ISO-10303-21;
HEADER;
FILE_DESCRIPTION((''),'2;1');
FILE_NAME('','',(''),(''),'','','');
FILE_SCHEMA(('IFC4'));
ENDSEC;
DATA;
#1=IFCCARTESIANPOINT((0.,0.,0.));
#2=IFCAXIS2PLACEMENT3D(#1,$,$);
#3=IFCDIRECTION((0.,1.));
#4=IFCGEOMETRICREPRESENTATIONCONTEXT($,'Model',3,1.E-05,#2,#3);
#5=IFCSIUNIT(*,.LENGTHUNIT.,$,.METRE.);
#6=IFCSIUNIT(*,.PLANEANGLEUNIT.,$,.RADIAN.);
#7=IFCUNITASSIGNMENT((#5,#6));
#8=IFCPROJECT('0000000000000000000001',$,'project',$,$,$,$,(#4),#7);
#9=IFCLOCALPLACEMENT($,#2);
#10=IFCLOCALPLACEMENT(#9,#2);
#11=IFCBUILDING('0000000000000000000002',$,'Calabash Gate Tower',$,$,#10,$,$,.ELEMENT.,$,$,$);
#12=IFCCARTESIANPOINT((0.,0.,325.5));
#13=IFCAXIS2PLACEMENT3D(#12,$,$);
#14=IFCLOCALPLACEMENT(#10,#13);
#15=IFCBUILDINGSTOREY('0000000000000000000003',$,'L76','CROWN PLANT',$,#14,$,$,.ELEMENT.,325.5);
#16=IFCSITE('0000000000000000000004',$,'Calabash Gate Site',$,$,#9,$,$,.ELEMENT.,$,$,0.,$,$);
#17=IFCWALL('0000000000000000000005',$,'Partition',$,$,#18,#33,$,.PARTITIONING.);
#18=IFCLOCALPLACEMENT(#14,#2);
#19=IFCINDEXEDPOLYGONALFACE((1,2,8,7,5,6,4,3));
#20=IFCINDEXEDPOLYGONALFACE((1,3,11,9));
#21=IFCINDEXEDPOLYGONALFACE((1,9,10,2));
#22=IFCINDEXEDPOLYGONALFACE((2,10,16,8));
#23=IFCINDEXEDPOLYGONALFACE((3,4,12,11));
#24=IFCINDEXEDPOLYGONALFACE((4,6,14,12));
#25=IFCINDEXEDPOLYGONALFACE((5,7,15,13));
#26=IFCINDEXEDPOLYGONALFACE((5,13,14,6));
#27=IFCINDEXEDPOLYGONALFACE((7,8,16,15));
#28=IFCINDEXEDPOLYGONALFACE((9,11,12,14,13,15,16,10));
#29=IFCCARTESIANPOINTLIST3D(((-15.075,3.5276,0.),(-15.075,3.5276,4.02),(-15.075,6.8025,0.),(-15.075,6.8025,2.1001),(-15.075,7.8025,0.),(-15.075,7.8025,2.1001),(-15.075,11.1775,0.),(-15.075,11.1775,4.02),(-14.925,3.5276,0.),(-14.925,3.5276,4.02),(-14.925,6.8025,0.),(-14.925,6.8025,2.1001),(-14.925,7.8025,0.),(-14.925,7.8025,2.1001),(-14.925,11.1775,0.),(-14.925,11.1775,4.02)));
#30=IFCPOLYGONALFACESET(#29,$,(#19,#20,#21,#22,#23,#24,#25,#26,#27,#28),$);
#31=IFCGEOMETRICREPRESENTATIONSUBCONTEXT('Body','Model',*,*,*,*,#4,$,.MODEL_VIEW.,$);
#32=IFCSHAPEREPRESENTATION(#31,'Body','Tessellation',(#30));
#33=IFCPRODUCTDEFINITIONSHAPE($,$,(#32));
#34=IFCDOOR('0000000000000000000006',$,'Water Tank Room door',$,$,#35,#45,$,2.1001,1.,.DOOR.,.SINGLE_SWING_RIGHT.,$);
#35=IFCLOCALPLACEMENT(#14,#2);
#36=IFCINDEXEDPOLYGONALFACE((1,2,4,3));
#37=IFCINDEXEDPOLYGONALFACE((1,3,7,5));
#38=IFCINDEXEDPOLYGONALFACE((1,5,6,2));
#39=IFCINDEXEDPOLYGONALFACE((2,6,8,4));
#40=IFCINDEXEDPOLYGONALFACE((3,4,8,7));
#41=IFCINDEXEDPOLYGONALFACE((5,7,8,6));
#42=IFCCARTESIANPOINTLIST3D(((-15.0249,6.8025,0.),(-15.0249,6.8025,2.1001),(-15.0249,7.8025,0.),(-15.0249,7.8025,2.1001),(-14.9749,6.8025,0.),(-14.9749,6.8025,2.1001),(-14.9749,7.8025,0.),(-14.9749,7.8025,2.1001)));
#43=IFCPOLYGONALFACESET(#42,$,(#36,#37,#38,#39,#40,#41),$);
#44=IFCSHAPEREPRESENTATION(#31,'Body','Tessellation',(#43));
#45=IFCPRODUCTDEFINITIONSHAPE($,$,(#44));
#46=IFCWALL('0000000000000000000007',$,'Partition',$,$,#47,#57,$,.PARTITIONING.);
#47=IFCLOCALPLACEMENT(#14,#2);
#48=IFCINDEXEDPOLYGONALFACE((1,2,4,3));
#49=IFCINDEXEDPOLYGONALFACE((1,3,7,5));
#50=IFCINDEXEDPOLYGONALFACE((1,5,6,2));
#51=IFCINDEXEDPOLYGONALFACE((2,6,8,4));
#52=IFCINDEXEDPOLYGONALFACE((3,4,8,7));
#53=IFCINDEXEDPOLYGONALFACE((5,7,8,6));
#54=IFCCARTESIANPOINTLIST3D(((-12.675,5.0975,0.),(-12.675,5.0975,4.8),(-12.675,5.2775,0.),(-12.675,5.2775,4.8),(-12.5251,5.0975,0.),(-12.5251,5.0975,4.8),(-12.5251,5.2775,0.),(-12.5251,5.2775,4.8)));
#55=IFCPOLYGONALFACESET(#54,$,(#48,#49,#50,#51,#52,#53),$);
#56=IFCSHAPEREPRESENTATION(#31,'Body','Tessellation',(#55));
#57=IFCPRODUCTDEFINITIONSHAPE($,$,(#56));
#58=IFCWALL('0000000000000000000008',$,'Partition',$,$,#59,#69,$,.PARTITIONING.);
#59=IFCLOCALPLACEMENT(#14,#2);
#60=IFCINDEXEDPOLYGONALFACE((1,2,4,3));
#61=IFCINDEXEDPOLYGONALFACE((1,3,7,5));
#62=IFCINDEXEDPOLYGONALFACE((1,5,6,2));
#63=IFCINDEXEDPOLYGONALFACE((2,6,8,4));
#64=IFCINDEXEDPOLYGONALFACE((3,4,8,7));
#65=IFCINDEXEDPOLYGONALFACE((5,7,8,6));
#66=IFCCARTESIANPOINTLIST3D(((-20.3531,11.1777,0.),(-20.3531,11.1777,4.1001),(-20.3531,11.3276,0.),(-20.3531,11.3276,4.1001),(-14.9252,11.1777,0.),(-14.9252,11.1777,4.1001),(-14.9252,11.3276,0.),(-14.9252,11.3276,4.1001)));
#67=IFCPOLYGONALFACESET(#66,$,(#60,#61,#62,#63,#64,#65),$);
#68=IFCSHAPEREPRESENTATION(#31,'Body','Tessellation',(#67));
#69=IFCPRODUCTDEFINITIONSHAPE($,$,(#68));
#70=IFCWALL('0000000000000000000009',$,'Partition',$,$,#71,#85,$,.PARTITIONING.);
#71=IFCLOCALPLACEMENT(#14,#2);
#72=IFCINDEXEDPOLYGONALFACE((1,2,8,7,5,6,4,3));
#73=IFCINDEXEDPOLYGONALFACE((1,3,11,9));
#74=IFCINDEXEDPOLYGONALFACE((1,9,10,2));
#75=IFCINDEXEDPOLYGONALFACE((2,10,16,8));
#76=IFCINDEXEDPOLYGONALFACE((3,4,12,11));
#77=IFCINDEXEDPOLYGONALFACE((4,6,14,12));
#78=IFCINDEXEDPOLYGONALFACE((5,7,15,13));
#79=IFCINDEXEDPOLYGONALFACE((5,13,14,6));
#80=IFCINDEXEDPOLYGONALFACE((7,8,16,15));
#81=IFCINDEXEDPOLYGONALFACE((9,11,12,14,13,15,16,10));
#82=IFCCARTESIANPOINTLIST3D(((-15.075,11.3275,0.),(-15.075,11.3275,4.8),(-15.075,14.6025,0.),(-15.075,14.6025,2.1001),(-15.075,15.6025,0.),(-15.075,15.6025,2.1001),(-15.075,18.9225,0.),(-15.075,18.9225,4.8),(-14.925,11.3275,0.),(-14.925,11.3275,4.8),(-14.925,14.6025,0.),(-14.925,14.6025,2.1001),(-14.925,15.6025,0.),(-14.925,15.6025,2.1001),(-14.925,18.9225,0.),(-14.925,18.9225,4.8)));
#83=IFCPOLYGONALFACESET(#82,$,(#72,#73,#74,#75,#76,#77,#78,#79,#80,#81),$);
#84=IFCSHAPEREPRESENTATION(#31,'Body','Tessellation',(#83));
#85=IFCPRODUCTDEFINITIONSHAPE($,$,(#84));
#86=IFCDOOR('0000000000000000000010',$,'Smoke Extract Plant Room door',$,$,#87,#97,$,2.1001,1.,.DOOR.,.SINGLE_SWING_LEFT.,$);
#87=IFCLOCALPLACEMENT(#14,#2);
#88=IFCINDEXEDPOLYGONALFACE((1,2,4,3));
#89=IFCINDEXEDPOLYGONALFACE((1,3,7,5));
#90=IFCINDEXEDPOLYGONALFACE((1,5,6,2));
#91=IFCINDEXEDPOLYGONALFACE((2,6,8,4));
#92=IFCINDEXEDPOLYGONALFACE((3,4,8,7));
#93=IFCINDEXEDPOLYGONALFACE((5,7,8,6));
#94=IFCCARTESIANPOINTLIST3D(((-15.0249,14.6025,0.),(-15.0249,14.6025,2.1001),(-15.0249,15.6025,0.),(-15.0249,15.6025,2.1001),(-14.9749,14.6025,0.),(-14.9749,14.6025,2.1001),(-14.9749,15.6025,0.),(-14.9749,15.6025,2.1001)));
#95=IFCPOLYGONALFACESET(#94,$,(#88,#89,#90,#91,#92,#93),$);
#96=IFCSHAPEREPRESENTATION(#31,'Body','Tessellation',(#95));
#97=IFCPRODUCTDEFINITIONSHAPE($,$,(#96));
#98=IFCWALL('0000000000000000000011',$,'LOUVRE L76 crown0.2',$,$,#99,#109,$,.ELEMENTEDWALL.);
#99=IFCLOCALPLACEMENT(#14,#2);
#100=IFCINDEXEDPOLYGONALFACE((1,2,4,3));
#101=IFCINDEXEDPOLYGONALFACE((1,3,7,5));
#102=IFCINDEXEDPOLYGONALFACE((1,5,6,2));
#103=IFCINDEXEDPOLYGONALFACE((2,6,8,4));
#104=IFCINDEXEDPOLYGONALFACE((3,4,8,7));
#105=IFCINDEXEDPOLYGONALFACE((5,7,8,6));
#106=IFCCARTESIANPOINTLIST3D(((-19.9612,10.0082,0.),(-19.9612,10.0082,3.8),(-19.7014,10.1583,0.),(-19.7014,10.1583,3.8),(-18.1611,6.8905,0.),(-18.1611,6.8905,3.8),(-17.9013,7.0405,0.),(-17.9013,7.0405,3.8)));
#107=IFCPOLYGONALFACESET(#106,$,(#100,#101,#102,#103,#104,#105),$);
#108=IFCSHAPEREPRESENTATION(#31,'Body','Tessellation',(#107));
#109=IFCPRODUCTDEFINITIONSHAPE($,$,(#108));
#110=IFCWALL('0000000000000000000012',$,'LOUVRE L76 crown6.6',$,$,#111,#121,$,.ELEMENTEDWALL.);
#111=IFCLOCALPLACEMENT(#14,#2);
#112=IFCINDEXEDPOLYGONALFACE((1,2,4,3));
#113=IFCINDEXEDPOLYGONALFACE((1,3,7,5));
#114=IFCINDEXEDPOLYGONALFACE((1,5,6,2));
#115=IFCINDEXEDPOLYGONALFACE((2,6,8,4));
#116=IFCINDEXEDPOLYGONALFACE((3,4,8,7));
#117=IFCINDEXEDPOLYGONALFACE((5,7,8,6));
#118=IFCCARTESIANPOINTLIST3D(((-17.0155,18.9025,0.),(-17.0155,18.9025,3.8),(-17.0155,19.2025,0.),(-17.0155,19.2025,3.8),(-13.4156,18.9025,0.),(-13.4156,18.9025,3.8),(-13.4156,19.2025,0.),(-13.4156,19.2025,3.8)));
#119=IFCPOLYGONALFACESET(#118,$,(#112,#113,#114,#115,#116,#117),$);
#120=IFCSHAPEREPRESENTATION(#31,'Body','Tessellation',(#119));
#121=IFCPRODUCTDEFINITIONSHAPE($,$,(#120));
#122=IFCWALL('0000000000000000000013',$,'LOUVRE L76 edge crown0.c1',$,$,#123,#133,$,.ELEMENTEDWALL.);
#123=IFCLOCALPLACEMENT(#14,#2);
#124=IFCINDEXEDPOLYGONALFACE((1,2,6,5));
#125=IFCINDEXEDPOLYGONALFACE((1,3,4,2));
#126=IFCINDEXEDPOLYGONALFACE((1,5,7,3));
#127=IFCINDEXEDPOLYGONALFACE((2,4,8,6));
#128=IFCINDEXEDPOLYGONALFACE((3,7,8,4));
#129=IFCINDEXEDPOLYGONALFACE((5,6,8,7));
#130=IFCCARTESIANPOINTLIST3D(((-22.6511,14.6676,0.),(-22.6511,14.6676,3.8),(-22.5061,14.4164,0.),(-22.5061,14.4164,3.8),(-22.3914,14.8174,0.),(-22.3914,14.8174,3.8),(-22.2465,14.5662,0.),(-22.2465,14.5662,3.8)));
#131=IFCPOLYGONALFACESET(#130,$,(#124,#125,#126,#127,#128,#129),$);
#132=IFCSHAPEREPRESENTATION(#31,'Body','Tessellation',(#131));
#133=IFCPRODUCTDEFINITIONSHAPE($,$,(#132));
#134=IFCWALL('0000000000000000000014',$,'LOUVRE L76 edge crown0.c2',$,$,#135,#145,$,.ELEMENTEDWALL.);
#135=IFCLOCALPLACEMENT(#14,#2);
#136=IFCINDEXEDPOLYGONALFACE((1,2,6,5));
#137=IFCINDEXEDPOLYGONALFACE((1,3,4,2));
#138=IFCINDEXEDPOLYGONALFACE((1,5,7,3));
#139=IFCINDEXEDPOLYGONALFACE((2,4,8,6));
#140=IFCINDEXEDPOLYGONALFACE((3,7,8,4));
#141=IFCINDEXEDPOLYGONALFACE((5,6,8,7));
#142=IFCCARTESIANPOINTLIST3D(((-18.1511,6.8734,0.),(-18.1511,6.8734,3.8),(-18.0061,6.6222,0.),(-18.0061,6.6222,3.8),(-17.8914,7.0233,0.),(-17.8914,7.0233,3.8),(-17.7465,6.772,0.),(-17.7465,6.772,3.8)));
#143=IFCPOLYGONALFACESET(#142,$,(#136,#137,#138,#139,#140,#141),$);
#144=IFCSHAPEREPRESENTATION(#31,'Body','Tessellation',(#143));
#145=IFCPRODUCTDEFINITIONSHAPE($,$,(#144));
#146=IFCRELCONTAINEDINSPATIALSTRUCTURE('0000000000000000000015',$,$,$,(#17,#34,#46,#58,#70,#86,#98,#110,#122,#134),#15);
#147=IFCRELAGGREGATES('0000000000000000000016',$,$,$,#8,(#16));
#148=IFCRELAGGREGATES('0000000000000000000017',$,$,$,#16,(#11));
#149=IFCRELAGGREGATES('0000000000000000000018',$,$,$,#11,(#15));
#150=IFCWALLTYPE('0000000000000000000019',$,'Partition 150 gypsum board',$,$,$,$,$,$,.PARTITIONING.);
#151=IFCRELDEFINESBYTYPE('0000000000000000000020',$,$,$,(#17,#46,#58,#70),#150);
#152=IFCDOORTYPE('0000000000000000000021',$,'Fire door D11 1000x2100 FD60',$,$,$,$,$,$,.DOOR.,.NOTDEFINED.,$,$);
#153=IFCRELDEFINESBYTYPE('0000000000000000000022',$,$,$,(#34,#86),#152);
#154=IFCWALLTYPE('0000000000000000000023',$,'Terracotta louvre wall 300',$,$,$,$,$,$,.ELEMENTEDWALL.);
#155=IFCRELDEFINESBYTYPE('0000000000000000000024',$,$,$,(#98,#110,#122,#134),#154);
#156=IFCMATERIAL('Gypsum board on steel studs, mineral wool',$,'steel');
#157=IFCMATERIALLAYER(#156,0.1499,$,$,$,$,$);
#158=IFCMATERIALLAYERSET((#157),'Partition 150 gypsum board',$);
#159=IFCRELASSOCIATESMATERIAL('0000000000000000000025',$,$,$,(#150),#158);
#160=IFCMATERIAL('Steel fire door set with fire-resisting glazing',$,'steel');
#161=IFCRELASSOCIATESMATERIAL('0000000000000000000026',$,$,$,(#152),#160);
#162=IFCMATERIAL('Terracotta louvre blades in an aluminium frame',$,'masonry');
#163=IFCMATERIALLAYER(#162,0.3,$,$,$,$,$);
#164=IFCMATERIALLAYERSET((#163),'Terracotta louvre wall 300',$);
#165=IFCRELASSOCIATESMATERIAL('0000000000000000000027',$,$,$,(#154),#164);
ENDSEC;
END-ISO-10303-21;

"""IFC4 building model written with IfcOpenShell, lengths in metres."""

from ifc_helpers import new_model, si_unit, direction, frame, frame_2d, origin, place, context, subcontext, project, spatial, rectangle, extrude, material, layer, layer_set, type_object, element, fill, save


model = new_model("IFC4")

# Units and contexts
model_context = context("Model", 3, precision=1e-05, world=origin(), true_north=direction((0.0, 1.0)))
body_context = subcontext(model_context, "Body", "Model", "MODEL_VIEW")
ifc_project = project(units=[si_unit("LENGTHUNIT", "METRE"), si_unit("PLANEANGLEUNIT", "RADIAN")], contexts=[model_context])

# Site, building, storey
site_placement = place(None, origin())
site = spatial("IfcSite", under=ifc_project, at=site_placement, Name="Calabash Gate Site", CompositionType="ELEMENT", RefElevation=0.0)
building_placement = place(site_placement, origin())
building = spatial("IfcBuilding", under=site, at=building_placement, Name="Calabash Gate Tower", CompositionType="ELEMENT")
storey_placement = place(building_placement, frame((0.0, 0.0, 325.5)))
storey = spatial("IfcBuildingStorey", under=building, at=storey_placement, Name="L76", Description="CROWN PLANT", CompositionType="ELEMENT", Elevation=325.5)

# Wall, opening, door
ifc_material_1 = material(Name="Gypsum board on steel studs, mineral wool", Category="steel")
ifc_layer_1 = layer(ifc_material_1, 0.1499)
ifc_layer_set_1 = layer_set([ifc_layer_1], Name="Partition 150 gypsum board")
wall_type_1 = type_object("IfcWallType", Name="Partition 150 gypsum board", PredefinedType="PARTITIONING", material=ifc_layer_set_1)
ifc_material_2 = material(Name="Steel fire door set with fire-resisting glazing", Category="steel")
door_type_1 = type_object("IfcDoorType", Name="Fire door D11 1000x2100 FD60", OperationType="NOTDEFINED", PredefinedType="DOOR", material=ifc_material_2)
wall_1_placement = place(storey_placement, frame((-15.0, 3.5276, 0.0), z_axis=(0.0, 0.0, 1.0), x_axis=(0.0, 1.0, 0.0)))
wall_1 = element("IfcWall", 1, at=wall_1_placement, inside=storey, type_object=wall_type_1, Name="Partition", PredefinedType="PARTITIONING", context=body_context, shape_type="SweptSolid", body=[
    extrude(rectangle(XDim=7.6499, YDim=0.1499, at=frame_2d((3.825, 0.0))), origin(), (0.0, 0.0, 1.0), 4.02),
])
opening_1_placement = place(wall_1_placement, frame((3.2749, 0.0, 0.0)))
opening_1 = element("IfcOpeningElement", 2, at=opening_1_placement, cuts=wall_1, PredefinedType="OPENING", context=body_context, shape_type="SweptSolid", body=[
    extrude(rectangle(XDim=1.0, YDim=2.1001, at=frame_2d((0.5, 1.05))), frame((0.0, 0.085, 0.0), z_axis=(0.0, -1.0, 0.0), x_axis=(1.0, 0.0, 0.0)), (0.0, 0.0, 1.0), 0.1699),
])
door_1_placement = place(opening_1_placement, origin())
door_1 = element("IfcDoor", 3, at=door_1_placement, inside=storey, type_object=door_type_1, Name="Water Tank Room door", OperationType="SINGLE_SWING_RIGHT", OverallHeight=2.1001, OverallWidth=1.0, PredefinedType="DOOR", context=body_context, shape_type="SweptSolid", body=[
    extrude(rectangle(XDim=1.0, YDim=2.1001, at=frame_2d((0.5, 1.05))), frame((0.0, 0.0249, 0.0), z_axis=(0.0, -1.0, 0.0), x_axis=(1.0, 0.0, 0.0)), (0.0, 0.0, 1.0), 0.05),
])
fill(opening_1, door_1)

# Walls
wall_2_placement = place(storey_placement, frame((-12.6001, 5.0977, 0.0), z_axis=(0.0, 0.0, 1.0), x_axis=(0.0, 1.0, 0.0)))
element("IfcWall", 4, at=wall_2_placement, inside=storey, type_object=wall_type_1, Name="Partition", PredefinedType="PARTITIONING", context=body_context, shape_type="SweptSolid", body=[
    extrude(rectangle(XDim=0.1799, YDim=0.1499, at=frame_2d((0.0898, 0.0))), origin(), (0.0, 0.0, 1.0), 4.8),
])
wall_3_placement = place(storey_placement, frame((-20.353, 11.2527, 0.0), z_axis=(0.0, 0.0, 1.0), x_axis=(1.0, 0.0, 0.0)))
element("IfcWall", 5, at=wall_3_placement, inside=storey, type_object=wall_type_1, Name="Partition", PredefinedType="PARTITIONING", context=body_context, shape_type="SweptSolid", body=[
    extrude(rectangle(XDim=5.428, YDim=0.1499, at=frame_2d((2.7139, 0.0))), origin(), (0.0, 0.0, 1.0), 4.1001),
])

# Wall, opening, door
wall_4_placement = place(storey_placement, frame((-15.0, 11.3276, 0.0), z_axis=(0.0, 0.0, 1.0), x_axis=(0.0, 1.0, 0.0)))
wall_4 = element("IfcWall", 6, at=wall_4_placement, inside=storey, type_object=wall_type_1, Name="Partition", PredefinedType="PARTITIONING", context=body_context, shape_type="SweptSolid", body=[
    extrude(rectangle(XDim=7.595, YDim=0.1499, at=frame_2d((3.7974, 0.0))), origin(), (0.0, 0.0, 1.0), 4.8),
])
opening_2_placement = place(wall_4_placement, frame((3.2749, 0.0, 0.0)))
opening_2 = element("IfcOpeningElement", 7, at=opening_2_placement, cuts=wall_4, PredefinedType="OPENING", context=body_context, shape_type="SweptSolid", body=[
    extrude(rectangle(XDim=1.0, YDim=2.1001, at=frame_2d((0.5, 1.05))), frame((0.0, 0.085, 0.0), z_axis=(0.0, -1.0, 0.0), x_axis=(1.0, 0.0, 0.0)), (0.0, 0.0, 1.0), 0.1699),
])
door_2_placement = place(opening_2_placement, origin())
door_2 = element("IfcDoor", 8, at=door_2_placement, inside=storey, type_object=door_type_1, Name="Smoke Extract Plant Room door", OperationType="SINGLE_SWING_LEFT", OverallHeight=2.1001, OverallWidth=1.0, PredefinedType="DOOR", context=body_context, shape_type="SweptSolid", body=[
    extrude(rectangle(XDim=1.0, YDim=2.1001, at=frame_2d((0.5, 1.05))), frame((0.0, 0.0249, 0.0), z_axis=(0.0, -1.0, 0.0), x_axis=(1.0, 0.0, 0.0)), (0.0, 0.0, 1.0), 0.05),
])
fill(opening_2, door_2)

# Walls
ifc_material_3 = material(Name="Terracotta louvre blades in an aluminium frame", Category="masonry")
ifc_layer_2 = layer(ifc_material_3, 0.3)
ifc_layer_set_2 = layer_set([ifc_layer_2], Name="Terracotta louvre wall 300")
wall_type_2 = type_object("IfcWallType", Name="Terracotta louvre wall 300", PredefinedType="ELEMENTEDWALL", material=ifc_layer_set_2)
wall_5_placement = place(storey_placement, frame((-19.8313, 10.0833, 0.0), z_axis=(0.0, 0.0, 1.0), x_axis=(0.500012, -0.866018, 0.0)))
element("IfcWall", 9, at=wall_5_placement, inside=storey, type_object=wall_type_2, Name="LOUVRE L76 crown0.2", PredefinedType="ELEMENTEDWALL", context=body_context, shape_type="SweptSolid", body=[
    extrude(rectangle(XDim=3.6001, YDim=0.3, at=frame_2d((1.8, 0.0))), origin(), (0.0, 0.0, 1.0), 3.8),
])
wall_6_placement = place(storey_placement, frame((-13.4158, 19.0525, 0.0), z_axis=(0.0, 0.0, 1.0), x_axis=(-1.0, 0.0, 0.0)))
element("IfcWall", 10, at=wall_6_placement, inside=storey, type_object=wall_type_2, Name="LOUVRE L76 crown6.6", PredefinedType="ELEMENTEDWALL", context=body_context, shape_type="SweptSolid", body=[
    extrude(rectangle(XDim=3.5999, YDim=0.3, at=frame_2d((1.7998, 0.0))), origin(), (0.0, 0.0, 1.0), 3.8),
])
for number, where, z_axis, x_axis, name in (
    (11, (-22.5786, 14.542, 0.0), (0.0, 0.0, 1.0), (0.866131, 0.499816, 0.0), "LOUVRE L76 edge crown0.c1"),
    (12, (-18.0786, 6.7478, 0.0), (0.0, 0.0, 1.0), (0.866131, 0.499816, 0.0), "LOUVRE L76 edge crown0.c2"),
):
    element("IfcWall", number, at=place(storey_placement, frame(where, z_axis=z_axis, x_axis=x_axis)), inside=storey, type_object=wall_type_2, Name=name, PredefinedType="ELEMENTEDWALL", context=body_context, shape_type="SweptSolid", body=[
        extrude(rectangle(XDim=0.2998, YDim=0.29, at=frame_2d((0.1499, 0.0))), origin(), (0.0, 0.0, 1.0), 3.8),
    ])

save(model, "model.ifc")
